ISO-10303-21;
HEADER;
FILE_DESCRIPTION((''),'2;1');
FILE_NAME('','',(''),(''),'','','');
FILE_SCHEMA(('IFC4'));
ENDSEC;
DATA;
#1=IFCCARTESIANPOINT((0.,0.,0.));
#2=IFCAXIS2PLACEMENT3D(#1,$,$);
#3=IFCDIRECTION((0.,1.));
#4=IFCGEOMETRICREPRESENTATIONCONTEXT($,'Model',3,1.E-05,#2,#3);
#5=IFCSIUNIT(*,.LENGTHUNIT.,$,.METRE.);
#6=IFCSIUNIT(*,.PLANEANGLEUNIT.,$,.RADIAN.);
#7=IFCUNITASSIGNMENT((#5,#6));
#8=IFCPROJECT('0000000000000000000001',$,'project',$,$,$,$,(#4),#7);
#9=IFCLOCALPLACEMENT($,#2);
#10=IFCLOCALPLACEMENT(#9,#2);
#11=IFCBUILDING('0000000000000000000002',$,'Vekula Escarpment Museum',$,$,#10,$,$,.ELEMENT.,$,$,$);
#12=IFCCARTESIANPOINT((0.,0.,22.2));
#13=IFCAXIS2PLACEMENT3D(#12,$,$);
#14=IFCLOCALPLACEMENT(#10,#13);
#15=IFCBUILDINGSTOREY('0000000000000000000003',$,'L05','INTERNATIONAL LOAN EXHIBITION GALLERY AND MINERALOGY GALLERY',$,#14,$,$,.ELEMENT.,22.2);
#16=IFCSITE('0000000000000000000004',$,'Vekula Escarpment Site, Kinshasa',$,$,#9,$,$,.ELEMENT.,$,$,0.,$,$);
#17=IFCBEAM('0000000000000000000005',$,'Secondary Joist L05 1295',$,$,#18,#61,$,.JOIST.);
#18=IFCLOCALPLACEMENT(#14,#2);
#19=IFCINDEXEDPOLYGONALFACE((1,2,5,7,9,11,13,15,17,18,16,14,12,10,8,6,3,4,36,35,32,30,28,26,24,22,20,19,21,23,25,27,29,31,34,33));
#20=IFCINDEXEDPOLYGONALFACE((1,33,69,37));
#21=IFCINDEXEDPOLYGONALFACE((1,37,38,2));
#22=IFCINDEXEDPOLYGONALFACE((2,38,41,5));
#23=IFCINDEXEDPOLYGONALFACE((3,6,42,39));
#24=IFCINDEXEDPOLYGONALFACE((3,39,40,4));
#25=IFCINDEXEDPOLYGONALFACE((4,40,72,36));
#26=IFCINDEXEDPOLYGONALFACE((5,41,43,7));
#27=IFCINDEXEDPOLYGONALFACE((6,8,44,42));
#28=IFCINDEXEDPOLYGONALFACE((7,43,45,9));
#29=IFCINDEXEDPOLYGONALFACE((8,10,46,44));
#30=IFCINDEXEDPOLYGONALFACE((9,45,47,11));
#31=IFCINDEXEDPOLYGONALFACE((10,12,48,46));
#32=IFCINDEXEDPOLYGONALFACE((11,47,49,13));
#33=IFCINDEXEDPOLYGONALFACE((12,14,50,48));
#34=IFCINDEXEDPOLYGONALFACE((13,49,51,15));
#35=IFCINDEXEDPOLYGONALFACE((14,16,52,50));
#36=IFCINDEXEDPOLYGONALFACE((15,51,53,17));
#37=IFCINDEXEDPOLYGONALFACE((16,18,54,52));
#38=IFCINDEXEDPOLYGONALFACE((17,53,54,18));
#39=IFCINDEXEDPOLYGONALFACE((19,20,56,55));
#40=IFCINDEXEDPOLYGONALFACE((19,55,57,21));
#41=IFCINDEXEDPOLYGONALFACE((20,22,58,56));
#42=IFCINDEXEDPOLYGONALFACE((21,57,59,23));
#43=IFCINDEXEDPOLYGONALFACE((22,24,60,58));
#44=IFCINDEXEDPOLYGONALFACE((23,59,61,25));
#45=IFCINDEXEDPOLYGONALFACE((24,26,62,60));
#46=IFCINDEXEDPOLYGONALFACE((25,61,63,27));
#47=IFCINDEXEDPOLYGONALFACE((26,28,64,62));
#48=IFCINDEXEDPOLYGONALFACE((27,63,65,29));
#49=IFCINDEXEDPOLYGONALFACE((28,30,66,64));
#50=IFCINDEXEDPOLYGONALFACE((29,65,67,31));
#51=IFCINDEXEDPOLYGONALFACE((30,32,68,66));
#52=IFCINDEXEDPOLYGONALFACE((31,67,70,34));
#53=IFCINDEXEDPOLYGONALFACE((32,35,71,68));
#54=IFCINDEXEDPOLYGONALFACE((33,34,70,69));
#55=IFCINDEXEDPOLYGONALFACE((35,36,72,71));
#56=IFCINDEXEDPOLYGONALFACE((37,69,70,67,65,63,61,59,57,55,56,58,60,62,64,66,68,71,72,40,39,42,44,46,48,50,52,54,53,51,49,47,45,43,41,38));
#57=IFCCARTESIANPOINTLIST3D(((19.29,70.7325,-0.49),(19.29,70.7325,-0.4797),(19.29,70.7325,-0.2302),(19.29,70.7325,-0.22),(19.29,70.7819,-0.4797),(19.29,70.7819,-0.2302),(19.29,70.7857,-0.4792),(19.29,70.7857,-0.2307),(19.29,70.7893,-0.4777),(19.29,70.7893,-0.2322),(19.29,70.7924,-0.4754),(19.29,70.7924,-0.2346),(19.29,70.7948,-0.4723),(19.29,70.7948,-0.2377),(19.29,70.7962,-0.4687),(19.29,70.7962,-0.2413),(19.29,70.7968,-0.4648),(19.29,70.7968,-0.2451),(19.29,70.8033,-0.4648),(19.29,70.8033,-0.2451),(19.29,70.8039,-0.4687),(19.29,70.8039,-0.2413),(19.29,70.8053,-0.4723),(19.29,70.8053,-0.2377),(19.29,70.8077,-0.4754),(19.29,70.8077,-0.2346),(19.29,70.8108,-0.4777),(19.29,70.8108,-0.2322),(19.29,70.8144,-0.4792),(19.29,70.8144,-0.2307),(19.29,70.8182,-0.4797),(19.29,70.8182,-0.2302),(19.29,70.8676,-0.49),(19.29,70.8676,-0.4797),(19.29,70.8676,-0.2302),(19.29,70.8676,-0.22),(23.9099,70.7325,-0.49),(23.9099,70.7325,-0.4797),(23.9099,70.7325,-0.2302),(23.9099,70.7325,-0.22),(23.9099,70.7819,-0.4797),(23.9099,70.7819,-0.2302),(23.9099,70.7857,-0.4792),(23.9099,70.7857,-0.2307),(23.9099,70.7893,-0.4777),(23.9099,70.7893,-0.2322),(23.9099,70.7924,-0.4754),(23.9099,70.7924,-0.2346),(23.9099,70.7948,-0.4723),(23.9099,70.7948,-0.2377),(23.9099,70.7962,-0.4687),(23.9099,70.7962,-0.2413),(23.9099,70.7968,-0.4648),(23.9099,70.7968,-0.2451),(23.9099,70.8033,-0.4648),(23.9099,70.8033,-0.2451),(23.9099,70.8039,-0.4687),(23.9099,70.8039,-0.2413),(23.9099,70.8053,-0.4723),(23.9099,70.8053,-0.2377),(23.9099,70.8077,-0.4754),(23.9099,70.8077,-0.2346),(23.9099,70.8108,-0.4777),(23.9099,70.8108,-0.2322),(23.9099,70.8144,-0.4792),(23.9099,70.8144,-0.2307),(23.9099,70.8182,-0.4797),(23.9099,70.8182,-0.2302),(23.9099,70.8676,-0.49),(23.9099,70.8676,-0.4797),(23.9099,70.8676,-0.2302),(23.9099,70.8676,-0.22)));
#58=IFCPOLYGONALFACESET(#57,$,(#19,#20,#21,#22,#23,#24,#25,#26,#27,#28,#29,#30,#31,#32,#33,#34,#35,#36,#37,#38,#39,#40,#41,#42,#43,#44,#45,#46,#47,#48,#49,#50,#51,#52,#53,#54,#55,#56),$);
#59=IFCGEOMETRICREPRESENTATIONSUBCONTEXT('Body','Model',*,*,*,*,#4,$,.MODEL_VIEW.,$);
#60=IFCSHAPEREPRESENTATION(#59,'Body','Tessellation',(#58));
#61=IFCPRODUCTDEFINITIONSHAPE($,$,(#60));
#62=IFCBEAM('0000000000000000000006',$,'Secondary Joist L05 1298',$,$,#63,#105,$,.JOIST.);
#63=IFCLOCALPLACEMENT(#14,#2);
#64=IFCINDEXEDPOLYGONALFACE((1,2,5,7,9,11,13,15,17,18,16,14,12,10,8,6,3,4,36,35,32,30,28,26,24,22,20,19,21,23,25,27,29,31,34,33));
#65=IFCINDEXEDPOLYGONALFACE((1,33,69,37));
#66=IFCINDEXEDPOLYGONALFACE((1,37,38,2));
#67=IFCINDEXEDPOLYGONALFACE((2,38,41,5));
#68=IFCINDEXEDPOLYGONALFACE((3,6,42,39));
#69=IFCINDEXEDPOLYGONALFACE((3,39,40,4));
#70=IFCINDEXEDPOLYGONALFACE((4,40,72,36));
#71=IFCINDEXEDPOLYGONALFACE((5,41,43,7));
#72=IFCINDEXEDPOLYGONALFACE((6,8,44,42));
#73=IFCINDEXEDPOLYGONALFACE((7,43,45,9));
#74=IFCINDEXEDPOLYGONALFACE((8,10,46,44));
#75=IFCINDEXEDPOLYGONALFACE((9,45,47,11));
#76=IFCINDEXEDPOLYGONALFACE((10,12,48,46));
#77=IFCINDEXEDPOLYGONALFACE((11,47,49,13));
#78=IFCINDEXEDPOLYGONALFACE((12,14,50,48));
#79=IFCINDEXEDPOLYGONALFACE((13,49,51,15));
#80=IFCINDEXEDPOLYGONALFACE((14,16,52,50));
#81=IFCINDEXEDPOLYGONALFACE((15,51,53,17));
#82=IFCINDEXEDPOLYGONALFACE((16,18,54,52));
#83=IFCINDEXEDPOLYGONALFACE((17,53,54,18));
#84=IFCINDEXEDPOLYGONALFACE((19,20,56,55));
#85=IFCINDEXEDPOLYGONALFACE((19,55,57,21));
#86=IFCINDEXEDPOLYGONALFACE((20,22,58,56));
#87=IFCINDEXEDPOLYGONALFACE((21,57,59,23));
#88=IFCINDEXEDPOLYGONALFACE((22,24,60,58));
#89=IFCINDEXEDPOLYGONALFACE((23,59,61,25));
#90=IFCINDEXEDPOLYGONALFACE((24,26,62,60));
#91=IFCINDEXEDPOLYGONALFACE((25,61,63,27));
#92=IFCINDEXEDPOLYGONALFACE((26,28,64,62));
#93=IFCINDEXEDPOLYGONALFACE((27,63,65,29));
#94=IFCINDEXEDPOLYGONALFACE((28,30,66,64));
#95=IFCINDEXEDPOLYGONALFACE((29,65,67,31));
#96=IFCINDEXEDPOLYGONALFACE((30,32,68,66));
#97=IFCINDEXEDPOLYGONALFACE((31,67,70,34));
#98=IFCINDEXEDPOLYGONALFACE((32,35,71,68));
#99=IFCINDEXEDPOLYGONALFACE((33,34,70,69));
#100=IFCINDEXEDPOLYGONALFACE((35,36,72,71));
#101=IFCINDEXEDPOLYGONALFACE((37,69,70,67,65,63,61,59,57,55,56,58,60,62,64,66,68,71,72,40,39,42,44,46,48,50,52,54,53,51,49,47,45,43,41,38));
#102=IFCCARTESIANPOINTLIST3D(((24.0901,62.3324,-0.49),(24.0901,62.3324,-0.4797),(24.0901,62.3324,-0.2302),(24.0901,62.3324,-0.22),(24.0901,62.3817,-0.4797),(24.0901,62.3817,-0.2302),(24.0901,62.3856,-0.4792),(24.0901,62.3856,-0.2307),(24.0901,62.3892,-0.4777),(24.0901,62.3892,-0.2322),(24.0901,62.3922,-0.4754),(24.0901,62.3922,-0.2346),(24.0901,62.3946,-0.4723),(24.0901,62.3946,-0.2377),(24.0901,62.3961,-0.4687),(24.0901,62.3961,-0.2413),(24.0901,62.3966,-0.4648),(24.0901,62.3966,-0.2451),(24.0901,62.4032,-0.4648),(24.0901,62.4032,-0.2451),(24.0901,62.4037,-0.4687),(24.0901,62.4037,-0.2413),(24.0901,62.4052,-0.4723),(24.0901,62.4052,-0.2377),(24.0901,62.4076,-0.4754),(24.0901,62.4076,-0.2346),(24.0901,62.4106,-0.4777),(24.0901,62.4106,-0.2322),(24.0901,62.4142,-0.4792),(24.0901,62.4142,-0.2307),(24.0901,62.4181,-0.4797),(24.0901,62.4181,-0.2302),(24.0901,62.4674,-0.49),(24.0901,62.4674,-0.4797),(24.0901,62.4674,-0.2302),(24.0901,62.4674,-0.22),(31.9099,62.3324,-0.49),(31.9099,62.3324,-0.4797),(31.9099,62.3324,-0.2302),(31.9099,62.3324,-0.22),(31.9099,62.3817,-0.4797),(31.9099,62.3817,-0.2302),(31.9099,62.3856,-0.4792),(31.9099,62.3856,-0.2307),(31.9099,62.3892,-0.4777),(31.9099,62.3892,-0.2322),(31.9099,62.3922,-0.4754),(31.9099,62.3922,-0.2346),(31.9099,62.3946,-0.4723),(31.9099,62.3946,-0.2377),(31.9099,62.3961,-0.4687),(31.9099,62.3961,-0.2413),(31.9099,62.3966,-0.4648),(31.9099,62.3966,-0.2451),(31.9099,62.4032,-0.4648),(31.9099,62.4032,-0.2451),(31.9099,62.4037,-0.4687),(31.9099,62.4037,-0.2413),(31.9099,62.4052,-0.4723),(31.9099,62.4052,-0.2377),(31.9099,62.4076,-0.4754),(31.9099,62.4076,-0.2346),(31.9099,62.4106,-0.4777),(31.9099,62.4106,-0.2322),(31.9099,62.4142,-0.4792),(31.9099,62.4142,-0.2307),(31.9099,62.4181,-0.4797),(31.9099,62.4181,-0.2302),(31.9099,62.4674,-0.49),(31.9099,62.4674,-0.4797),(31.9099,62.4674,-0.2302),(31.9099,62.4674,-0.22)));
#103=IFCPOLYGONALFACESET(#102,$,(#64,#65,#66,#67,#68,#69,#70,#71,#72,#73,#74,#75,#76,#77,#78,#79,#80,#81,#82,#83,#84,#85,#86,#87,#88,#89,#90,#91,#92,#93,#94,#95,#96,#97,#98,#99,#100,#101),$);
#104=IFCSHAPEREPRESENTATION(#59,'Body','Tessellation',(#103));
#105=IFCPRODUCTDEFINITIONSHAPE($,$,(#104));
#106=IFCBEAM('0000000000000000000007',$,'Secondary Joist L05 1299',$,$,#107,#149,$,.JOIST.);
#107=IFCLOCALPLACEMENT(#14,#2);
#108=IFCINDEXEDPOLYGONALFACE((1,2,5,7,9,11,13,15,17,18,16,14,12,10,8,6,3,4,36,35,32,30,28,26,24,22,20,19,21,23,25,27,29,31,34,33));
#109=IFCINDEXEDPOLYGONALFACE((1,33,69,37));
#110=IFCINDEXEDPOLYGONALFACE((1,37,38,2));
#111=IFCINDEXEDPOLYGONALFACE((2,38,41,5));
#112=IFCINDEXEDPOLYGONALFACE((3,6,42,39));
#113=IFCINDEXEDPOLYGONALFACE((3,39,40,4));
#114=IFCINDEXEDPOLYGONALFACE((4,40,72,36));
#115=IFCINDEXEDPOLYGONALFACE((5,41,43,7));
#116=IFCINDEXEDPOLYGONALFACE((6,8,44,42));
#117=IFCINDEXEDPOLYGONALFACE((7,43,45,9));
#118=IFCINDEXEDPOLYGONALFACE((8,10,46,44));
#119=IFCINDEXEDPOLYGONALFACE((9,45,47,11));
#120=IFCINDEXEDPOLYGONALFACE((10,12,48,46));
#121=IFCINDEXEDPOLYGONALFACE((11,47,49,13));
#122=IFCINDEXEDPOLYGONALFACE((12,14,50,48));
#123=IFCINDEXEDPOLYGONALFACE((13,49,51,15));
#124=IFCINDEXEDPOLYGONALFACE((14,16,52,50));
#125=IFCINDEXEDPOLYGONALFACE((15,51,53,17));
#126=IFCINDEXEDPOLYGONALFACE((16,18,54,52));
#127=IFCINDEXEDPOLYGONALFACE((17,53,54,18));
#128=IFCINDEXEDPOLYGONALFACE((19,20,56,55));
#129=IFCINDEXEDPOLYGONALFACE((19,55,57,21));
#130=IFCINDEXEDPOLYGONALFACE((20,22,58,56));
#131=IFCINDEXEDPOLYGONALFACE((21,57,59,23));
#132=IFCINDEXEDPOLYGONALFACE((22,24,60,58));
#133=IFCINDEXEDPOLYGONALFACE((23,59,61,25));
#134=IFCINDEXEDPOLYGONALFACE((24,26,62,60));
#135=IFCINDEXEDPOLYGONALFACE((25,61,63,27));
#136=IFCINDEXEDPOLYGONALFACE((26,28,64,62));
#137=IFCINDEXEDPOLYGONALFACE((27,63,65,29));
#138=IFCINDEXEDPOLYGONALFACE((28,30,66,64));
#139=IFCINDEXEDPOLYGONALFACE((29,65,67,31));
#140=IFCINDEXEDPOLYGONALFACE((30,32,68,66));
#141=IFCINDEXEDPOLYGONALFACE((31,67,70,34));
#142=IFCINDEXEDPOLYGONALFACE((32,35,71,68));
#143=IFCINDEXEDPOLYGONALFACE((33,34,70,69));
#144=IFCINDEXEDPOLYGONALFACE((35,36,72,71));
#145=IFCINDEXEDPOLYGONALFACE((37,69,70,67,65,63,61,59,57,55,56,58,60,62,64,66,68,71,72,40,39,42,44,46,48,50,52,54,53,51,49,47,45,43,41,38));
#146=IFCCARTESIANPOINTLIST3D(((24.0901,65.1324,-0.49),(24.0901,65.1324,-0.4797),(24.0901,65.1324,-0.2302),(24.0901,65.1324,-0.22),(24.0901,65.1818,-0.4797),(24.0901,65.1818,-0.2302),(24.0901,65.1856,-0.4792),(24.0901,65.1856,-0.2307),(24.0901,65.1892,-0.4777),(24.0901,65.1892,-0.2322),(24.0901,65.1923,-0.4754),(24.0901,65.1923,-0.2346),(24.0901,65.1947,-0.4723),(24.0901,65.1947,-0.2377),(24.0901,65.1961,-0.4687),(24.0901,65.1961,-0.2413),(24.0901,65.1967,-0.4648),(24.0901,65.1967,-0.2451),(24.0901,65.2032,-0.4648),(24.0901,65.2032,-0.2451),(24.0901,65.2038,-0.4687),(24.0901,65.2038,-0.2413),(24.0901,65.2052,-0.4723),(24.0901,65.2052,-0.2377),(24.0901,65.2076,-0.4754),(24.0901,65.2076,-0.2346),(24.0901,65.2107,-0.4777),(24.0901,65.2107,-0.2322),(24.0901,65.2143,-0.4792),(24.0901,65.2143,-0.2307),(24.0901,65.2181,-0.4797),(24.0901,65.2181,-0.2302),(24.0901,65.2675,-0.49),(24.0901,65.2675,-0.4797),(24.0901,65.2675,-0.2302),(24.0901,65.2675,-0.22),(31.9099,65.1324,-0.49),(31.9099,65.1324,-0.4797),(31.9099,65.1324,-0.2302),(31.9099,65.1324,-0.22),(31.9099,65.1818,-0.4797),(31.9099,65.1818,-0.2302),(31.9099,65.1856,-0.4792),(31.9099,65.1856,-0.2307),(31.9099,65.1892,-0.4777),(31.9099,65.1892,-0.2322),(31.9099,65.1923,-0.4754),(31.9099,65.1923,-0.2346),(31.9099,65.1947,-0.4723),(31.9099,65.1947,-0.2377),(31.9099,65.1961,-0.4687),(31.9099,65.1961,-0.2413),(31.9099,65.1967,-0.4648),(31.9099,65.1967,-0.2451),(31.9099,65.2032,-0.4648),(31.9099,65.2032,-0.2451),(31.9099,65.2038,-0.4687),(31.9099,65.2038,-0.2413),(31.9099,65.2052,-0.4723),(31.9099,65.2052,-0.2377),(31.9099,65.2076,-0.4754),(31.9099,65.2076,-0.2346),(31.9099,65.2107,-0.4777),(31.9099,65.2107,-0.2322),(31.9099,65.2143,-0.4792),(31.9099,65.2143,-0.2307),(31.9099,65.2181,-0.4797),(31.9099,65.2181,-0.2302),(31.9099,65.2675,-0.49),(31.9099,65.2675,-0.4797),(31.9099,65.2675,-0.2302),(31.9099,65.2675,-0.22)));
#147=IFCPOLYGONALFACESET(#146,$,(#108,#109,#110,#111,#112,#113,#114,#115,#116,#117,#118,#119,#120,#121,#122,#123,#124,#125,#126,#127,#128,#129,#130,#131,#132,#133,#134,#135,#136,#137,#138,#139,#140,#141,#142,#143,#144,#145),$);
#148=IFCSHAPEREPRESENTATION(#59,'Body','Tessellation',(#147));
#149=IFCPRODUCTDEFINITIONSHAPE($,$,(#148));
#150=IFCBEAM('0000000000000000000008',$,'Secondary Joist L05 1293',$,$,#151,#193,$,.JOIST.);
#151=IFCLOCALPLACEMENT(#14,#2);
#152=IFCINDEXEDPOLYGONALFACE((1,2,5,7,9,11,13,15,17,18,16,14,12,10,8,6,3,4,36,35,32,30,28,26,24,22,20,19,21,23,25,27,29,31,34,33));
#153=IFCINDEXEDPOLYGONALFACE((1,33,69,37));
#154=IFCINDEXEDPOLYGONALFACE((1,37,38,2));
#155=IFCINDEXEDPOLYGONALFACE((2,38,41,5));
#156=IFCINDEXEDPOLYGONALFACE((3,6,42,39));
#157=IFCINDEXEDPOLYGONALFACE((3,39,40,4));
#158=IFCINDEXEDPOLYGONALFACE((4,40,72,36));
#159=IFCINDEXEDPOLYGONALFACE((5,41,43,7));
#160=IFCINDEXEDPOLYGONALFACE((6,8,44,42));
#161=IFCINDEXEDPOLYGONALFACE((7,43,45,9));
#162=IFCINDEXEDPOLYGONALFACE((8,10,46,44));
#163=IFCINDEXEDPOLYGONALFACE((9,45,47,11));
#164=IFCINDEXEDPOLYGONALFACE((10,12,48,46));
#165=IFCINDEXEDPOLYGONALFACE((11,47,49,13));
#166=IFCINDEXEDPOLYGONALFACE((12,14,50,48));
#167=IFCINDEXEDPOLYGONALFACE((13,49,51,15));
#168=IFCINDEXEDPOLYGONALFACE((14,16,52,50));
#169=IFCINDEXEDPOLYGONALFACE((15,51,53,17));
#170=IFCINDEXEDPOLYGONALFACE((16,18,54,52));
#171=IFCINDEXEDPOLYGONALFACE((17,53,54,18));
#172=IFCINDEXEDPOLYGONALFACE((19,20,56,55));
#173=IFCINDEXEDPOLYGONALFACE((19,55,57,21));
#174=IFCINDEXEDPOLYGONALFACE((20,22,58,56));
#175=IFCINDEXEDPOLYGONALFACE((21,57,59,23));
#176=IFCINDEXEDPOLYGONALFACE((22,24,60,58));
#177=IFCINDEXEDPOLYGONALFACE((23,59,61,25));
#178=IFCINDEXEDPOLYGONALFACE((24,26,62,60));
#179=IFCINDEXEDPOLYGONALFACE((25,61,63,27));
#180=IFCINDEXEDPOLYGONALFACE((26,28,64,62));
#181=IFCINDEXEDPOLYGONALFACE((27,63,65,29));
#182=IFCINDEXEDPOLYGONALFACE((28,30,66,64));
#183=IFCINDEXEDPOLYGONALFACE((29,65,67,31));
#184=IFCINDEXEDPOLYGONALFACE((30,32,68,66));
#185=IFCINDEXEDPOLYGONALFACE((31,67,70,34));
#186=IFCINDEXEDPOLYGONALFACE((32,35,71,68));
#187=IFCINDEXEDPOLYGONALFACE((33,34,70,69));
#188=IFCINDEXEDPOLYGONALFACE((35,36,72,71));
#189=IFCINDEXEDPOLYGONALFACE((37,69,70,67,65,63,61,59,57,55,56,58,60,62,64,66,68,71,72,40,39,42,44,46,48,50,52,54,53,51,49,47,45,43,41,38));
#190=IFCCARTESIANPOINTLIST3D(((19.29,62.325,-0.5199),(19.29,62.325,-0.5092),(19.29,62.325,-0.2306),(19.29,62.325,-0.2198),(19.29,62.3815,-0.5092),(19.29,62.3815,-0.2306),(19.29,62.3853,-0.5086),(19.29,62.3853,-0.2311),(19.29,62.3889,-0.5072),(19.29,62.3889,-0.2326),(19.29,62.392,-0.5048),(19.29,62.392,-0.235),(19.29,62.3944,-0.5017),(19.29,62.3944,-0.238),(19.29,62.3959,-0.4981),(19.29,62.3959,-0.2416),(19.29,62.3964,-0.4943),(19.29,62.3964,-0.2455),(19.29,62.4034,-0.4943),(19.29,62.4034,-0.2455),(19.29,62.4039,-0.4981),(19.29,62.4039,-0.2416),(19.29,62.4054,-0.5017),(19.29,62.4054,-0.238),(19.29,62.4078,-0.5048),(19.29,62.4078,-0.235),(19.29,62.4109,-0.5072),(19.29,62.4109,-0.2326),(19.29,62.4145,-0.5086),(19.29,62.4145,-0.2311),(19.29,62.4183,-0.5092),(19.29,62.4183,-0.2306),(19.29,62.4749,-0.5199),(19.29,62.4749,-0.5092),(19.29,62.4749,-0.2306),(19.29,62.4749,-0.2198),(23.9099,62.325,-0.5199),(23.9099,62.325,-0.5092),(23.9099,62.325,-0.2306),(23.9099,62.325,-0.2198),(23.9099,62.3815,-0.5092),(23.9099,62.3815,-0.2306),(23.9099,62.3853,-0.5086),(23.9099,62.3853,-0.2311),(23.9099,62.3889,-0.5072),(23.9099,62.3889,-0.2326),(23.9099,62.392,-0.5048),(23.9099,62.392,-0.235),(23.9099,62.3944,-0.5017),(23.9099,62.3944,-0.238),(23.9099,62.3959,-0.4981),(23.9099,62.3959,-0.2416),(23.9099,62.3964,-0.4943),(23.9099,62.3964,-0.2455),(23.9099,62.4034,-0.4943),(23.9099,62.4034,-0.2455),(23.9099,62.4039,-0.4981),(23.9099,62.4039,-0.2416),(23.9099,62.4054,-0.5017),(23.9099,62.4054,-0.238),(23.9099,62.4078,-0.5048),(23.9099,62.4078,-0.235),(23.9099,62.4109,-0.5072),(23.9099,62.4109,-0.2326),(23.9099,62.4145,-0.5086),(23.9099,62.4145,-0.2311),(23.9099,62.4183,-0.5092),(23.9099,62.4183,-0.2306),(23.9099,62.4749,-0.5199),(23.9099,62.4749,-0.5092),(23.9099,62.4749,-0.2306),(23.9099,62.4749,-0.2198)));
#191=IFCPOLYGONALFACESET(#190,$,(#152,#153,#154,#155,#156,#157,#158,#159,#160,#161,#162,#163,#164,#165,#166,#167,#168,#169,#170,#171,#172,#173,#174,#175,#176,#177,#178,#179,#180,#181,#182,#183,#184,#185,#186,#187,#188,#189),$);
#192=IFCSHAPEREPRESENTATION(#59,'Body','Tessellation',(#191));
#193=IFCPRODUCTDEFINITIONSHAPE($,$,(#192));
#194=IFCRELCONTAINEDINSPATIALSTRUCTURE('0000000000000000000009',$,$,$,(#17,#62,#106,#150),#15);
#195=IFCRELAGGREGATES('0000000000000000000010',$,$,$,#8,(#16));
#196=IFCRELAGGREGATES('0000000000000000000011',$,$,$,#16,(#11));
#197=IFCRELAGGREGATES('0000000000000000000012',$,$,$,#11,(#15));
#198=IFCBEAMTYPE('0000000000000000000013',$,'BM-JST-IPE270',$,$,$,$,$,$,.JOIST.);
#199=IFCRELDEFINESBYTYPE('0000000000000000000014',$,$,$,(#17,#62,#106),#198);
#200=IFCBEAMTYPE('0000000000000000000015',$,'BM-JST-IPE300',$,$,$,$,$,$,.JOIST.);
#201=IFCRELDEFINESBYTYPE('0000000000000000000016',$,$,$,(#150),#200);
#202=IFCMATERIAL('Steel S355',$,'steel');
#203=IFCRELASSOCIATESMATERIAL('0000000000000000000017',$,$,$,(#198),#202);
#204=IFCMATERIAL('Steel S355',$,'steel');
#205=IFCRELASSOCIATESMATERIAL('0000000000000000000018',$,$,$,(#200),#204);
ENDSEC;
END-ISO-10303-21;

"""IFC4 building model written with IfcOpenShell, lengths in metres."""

from ifc_helpers import new_model, si_unit, direction, frame, origin, origin_2d, place, context, subcontext, project, spatial, i_section, extrude, material, material_profile, profile_set, type_object, element, save


model = new_model("IFC4")

# Units and contexts
model_context = context("Model", 3, precision=1e-05, world=origin(), true_north=direction((0.0, 1.0)))
body_context = subcontext(model_context, "Body", "Model", "MODEL_VIEW")
ifc_project = project(units=[si_unit("LENGTHUNIT", "METRE"), si_unit("PLANEANGLEUNIT", "RADIAN")], contexts=[model_context])

# Site, building, storey
site_placement = place(None, origin())
site = spatial("IfcSite", under=ifc_project, at=site_placement, Name="Vekula Escarpment Site, Kinshasa", CompositionType="ELEMENT", RefElevation=0.0)
building_placement = place(site_placement, origin())
building = spatial("IfcBuilding", under=site, at=building_placement, Name="Vekula Escarpment Museum", CompositionType="ELEMENT")
storey_placement = place(building_placement, frame((0.0, 0.0, 22.2)))
storey = spatial("IfcBuildingStorey", under=building, at=storey_placement, Name="L05", Description="INTERNATIONAL LOAN EXHIBITION GALLERY AND MINERALOGY GALLERY", CompositionType="ELEMENT", Elevation=22.2)

# Beams
ifc_material_1 = material(Name="Steel S355", Category="steel")
ifc_material_profile_1 = material_profile(ifc_material_1, i_section(OverallWidth=0.135, OverallDepth=0.27, WebThickness=0.0066, FlangeThickness=0.0103, FilletRadius=0.0149, at=origin_2d()), Name="IPE 270")
ifc_profile_set_1 = profile_set([ifc_material_profile_1], Name="Steel S355")
beam_type_1 = type_object("IfcBeamType", Name="BM-JST-IPE270", PredefinedType="JOIST", material=ifc_profile_set_1)
beam_1_placement = place(storey_placement, frame((19.29, 70.8, -0.355), z_axis=(1.0, 0.0, 0.0), x_axis=(0.0, 1.0, 0.0)))
element("IfcBeam", 1, at=beam_1_placement, inside=storey, type_object=beam_type_1, Name="Secondary Joist L05 1295", PredefinedType="JOIST", context=body_context, shape_type="SweptSolid", body=[
    extrude(i_section(OverallWidth=0.135, OverallDepth=0.27, WebThickness=0.0066, FlangeThickness=0.0103, FilletRadius=0.0149, at=origin_2d()), origin(), (0.0, 0.0, 1.0), 4.6199),
])
for number, where, z_axis, x_axis, name in (
    (2, (24.0901, 62.3999, -0.355), (1.0, 0.0, 0.0), (0.0, 1.0, 0.0), "Secondary Joist L05 1298"),
    (3, (24.0901, 65.2, -0.355), (1.0, 0.0, 0.0), (0.0, 1.0, 0.0), "Secondary Joist L05 1299"),
):
    element("IfcBeam", number, at=place(storey_placement, frame(where, z_axis=z_axis, x_axis=x_axis)), inside=storey, type_object=beam_type_1, Name=name, PredefinedType="JOIST", context=body_context, shape_type="SweptSolid", body=[
        extrude(i_section(OverallWidth=0.135, OverallDepth=0.27, WebThickness=0.0066, FlangeThickness=0.0103, FilletRadius=0.0149, at=origin_2d()), origin(), (0.0, 0.0, 1.0), 7.8198),
    ])
ifc_material_2 = material(Name="Steel S355", Category="steel")
ifc_material_profile_2 = material_profile(ifc_material_2, i_section(OverallWidth=0.1499, OverallDepth=0.3, WebThickness=0.0071, FlangeThickness=0.0107, FilletRadius=0.0149, at=origin_2d()), Name="IPE 300")
ifc_profile_set_2 = profile_set([ifc_material_profile_2], Name="Steel S355")
beam_type_2 = type_object("IfcBeamType", Name="BM-JST-IPE300", PredefinedType="JOIST", material=ifc_profile_set_2)
for number, where, z_axis, x_axis, name in (
    (4, (19.29, 62.3999, -0.3699), (1.0, 0.0, 0.0), (0.0, 1.0, 0.0), "Secondary Joist L05 1293"),
):
    element("IfcBeam", number, at=place(storey_placement, frame(where, z_axis=z_axis, x_axis=x_axis)), inside=storey, type_object=beam_type_2, Name=name, PredefinedType="JOIST", context=body_context, shape_type="SweptSolid", body=[
        extrude(i_section(OverallWidth=0.1499, OverallDepth=0.3, WebThickness=0.0071, FlangeThickness=0.0107, FilletRadius=0.0149, at=origin_2d()), origin(), (0.0, 0.0, 1.0), 4.6199),
    ])

save(model, "model.ifc")
